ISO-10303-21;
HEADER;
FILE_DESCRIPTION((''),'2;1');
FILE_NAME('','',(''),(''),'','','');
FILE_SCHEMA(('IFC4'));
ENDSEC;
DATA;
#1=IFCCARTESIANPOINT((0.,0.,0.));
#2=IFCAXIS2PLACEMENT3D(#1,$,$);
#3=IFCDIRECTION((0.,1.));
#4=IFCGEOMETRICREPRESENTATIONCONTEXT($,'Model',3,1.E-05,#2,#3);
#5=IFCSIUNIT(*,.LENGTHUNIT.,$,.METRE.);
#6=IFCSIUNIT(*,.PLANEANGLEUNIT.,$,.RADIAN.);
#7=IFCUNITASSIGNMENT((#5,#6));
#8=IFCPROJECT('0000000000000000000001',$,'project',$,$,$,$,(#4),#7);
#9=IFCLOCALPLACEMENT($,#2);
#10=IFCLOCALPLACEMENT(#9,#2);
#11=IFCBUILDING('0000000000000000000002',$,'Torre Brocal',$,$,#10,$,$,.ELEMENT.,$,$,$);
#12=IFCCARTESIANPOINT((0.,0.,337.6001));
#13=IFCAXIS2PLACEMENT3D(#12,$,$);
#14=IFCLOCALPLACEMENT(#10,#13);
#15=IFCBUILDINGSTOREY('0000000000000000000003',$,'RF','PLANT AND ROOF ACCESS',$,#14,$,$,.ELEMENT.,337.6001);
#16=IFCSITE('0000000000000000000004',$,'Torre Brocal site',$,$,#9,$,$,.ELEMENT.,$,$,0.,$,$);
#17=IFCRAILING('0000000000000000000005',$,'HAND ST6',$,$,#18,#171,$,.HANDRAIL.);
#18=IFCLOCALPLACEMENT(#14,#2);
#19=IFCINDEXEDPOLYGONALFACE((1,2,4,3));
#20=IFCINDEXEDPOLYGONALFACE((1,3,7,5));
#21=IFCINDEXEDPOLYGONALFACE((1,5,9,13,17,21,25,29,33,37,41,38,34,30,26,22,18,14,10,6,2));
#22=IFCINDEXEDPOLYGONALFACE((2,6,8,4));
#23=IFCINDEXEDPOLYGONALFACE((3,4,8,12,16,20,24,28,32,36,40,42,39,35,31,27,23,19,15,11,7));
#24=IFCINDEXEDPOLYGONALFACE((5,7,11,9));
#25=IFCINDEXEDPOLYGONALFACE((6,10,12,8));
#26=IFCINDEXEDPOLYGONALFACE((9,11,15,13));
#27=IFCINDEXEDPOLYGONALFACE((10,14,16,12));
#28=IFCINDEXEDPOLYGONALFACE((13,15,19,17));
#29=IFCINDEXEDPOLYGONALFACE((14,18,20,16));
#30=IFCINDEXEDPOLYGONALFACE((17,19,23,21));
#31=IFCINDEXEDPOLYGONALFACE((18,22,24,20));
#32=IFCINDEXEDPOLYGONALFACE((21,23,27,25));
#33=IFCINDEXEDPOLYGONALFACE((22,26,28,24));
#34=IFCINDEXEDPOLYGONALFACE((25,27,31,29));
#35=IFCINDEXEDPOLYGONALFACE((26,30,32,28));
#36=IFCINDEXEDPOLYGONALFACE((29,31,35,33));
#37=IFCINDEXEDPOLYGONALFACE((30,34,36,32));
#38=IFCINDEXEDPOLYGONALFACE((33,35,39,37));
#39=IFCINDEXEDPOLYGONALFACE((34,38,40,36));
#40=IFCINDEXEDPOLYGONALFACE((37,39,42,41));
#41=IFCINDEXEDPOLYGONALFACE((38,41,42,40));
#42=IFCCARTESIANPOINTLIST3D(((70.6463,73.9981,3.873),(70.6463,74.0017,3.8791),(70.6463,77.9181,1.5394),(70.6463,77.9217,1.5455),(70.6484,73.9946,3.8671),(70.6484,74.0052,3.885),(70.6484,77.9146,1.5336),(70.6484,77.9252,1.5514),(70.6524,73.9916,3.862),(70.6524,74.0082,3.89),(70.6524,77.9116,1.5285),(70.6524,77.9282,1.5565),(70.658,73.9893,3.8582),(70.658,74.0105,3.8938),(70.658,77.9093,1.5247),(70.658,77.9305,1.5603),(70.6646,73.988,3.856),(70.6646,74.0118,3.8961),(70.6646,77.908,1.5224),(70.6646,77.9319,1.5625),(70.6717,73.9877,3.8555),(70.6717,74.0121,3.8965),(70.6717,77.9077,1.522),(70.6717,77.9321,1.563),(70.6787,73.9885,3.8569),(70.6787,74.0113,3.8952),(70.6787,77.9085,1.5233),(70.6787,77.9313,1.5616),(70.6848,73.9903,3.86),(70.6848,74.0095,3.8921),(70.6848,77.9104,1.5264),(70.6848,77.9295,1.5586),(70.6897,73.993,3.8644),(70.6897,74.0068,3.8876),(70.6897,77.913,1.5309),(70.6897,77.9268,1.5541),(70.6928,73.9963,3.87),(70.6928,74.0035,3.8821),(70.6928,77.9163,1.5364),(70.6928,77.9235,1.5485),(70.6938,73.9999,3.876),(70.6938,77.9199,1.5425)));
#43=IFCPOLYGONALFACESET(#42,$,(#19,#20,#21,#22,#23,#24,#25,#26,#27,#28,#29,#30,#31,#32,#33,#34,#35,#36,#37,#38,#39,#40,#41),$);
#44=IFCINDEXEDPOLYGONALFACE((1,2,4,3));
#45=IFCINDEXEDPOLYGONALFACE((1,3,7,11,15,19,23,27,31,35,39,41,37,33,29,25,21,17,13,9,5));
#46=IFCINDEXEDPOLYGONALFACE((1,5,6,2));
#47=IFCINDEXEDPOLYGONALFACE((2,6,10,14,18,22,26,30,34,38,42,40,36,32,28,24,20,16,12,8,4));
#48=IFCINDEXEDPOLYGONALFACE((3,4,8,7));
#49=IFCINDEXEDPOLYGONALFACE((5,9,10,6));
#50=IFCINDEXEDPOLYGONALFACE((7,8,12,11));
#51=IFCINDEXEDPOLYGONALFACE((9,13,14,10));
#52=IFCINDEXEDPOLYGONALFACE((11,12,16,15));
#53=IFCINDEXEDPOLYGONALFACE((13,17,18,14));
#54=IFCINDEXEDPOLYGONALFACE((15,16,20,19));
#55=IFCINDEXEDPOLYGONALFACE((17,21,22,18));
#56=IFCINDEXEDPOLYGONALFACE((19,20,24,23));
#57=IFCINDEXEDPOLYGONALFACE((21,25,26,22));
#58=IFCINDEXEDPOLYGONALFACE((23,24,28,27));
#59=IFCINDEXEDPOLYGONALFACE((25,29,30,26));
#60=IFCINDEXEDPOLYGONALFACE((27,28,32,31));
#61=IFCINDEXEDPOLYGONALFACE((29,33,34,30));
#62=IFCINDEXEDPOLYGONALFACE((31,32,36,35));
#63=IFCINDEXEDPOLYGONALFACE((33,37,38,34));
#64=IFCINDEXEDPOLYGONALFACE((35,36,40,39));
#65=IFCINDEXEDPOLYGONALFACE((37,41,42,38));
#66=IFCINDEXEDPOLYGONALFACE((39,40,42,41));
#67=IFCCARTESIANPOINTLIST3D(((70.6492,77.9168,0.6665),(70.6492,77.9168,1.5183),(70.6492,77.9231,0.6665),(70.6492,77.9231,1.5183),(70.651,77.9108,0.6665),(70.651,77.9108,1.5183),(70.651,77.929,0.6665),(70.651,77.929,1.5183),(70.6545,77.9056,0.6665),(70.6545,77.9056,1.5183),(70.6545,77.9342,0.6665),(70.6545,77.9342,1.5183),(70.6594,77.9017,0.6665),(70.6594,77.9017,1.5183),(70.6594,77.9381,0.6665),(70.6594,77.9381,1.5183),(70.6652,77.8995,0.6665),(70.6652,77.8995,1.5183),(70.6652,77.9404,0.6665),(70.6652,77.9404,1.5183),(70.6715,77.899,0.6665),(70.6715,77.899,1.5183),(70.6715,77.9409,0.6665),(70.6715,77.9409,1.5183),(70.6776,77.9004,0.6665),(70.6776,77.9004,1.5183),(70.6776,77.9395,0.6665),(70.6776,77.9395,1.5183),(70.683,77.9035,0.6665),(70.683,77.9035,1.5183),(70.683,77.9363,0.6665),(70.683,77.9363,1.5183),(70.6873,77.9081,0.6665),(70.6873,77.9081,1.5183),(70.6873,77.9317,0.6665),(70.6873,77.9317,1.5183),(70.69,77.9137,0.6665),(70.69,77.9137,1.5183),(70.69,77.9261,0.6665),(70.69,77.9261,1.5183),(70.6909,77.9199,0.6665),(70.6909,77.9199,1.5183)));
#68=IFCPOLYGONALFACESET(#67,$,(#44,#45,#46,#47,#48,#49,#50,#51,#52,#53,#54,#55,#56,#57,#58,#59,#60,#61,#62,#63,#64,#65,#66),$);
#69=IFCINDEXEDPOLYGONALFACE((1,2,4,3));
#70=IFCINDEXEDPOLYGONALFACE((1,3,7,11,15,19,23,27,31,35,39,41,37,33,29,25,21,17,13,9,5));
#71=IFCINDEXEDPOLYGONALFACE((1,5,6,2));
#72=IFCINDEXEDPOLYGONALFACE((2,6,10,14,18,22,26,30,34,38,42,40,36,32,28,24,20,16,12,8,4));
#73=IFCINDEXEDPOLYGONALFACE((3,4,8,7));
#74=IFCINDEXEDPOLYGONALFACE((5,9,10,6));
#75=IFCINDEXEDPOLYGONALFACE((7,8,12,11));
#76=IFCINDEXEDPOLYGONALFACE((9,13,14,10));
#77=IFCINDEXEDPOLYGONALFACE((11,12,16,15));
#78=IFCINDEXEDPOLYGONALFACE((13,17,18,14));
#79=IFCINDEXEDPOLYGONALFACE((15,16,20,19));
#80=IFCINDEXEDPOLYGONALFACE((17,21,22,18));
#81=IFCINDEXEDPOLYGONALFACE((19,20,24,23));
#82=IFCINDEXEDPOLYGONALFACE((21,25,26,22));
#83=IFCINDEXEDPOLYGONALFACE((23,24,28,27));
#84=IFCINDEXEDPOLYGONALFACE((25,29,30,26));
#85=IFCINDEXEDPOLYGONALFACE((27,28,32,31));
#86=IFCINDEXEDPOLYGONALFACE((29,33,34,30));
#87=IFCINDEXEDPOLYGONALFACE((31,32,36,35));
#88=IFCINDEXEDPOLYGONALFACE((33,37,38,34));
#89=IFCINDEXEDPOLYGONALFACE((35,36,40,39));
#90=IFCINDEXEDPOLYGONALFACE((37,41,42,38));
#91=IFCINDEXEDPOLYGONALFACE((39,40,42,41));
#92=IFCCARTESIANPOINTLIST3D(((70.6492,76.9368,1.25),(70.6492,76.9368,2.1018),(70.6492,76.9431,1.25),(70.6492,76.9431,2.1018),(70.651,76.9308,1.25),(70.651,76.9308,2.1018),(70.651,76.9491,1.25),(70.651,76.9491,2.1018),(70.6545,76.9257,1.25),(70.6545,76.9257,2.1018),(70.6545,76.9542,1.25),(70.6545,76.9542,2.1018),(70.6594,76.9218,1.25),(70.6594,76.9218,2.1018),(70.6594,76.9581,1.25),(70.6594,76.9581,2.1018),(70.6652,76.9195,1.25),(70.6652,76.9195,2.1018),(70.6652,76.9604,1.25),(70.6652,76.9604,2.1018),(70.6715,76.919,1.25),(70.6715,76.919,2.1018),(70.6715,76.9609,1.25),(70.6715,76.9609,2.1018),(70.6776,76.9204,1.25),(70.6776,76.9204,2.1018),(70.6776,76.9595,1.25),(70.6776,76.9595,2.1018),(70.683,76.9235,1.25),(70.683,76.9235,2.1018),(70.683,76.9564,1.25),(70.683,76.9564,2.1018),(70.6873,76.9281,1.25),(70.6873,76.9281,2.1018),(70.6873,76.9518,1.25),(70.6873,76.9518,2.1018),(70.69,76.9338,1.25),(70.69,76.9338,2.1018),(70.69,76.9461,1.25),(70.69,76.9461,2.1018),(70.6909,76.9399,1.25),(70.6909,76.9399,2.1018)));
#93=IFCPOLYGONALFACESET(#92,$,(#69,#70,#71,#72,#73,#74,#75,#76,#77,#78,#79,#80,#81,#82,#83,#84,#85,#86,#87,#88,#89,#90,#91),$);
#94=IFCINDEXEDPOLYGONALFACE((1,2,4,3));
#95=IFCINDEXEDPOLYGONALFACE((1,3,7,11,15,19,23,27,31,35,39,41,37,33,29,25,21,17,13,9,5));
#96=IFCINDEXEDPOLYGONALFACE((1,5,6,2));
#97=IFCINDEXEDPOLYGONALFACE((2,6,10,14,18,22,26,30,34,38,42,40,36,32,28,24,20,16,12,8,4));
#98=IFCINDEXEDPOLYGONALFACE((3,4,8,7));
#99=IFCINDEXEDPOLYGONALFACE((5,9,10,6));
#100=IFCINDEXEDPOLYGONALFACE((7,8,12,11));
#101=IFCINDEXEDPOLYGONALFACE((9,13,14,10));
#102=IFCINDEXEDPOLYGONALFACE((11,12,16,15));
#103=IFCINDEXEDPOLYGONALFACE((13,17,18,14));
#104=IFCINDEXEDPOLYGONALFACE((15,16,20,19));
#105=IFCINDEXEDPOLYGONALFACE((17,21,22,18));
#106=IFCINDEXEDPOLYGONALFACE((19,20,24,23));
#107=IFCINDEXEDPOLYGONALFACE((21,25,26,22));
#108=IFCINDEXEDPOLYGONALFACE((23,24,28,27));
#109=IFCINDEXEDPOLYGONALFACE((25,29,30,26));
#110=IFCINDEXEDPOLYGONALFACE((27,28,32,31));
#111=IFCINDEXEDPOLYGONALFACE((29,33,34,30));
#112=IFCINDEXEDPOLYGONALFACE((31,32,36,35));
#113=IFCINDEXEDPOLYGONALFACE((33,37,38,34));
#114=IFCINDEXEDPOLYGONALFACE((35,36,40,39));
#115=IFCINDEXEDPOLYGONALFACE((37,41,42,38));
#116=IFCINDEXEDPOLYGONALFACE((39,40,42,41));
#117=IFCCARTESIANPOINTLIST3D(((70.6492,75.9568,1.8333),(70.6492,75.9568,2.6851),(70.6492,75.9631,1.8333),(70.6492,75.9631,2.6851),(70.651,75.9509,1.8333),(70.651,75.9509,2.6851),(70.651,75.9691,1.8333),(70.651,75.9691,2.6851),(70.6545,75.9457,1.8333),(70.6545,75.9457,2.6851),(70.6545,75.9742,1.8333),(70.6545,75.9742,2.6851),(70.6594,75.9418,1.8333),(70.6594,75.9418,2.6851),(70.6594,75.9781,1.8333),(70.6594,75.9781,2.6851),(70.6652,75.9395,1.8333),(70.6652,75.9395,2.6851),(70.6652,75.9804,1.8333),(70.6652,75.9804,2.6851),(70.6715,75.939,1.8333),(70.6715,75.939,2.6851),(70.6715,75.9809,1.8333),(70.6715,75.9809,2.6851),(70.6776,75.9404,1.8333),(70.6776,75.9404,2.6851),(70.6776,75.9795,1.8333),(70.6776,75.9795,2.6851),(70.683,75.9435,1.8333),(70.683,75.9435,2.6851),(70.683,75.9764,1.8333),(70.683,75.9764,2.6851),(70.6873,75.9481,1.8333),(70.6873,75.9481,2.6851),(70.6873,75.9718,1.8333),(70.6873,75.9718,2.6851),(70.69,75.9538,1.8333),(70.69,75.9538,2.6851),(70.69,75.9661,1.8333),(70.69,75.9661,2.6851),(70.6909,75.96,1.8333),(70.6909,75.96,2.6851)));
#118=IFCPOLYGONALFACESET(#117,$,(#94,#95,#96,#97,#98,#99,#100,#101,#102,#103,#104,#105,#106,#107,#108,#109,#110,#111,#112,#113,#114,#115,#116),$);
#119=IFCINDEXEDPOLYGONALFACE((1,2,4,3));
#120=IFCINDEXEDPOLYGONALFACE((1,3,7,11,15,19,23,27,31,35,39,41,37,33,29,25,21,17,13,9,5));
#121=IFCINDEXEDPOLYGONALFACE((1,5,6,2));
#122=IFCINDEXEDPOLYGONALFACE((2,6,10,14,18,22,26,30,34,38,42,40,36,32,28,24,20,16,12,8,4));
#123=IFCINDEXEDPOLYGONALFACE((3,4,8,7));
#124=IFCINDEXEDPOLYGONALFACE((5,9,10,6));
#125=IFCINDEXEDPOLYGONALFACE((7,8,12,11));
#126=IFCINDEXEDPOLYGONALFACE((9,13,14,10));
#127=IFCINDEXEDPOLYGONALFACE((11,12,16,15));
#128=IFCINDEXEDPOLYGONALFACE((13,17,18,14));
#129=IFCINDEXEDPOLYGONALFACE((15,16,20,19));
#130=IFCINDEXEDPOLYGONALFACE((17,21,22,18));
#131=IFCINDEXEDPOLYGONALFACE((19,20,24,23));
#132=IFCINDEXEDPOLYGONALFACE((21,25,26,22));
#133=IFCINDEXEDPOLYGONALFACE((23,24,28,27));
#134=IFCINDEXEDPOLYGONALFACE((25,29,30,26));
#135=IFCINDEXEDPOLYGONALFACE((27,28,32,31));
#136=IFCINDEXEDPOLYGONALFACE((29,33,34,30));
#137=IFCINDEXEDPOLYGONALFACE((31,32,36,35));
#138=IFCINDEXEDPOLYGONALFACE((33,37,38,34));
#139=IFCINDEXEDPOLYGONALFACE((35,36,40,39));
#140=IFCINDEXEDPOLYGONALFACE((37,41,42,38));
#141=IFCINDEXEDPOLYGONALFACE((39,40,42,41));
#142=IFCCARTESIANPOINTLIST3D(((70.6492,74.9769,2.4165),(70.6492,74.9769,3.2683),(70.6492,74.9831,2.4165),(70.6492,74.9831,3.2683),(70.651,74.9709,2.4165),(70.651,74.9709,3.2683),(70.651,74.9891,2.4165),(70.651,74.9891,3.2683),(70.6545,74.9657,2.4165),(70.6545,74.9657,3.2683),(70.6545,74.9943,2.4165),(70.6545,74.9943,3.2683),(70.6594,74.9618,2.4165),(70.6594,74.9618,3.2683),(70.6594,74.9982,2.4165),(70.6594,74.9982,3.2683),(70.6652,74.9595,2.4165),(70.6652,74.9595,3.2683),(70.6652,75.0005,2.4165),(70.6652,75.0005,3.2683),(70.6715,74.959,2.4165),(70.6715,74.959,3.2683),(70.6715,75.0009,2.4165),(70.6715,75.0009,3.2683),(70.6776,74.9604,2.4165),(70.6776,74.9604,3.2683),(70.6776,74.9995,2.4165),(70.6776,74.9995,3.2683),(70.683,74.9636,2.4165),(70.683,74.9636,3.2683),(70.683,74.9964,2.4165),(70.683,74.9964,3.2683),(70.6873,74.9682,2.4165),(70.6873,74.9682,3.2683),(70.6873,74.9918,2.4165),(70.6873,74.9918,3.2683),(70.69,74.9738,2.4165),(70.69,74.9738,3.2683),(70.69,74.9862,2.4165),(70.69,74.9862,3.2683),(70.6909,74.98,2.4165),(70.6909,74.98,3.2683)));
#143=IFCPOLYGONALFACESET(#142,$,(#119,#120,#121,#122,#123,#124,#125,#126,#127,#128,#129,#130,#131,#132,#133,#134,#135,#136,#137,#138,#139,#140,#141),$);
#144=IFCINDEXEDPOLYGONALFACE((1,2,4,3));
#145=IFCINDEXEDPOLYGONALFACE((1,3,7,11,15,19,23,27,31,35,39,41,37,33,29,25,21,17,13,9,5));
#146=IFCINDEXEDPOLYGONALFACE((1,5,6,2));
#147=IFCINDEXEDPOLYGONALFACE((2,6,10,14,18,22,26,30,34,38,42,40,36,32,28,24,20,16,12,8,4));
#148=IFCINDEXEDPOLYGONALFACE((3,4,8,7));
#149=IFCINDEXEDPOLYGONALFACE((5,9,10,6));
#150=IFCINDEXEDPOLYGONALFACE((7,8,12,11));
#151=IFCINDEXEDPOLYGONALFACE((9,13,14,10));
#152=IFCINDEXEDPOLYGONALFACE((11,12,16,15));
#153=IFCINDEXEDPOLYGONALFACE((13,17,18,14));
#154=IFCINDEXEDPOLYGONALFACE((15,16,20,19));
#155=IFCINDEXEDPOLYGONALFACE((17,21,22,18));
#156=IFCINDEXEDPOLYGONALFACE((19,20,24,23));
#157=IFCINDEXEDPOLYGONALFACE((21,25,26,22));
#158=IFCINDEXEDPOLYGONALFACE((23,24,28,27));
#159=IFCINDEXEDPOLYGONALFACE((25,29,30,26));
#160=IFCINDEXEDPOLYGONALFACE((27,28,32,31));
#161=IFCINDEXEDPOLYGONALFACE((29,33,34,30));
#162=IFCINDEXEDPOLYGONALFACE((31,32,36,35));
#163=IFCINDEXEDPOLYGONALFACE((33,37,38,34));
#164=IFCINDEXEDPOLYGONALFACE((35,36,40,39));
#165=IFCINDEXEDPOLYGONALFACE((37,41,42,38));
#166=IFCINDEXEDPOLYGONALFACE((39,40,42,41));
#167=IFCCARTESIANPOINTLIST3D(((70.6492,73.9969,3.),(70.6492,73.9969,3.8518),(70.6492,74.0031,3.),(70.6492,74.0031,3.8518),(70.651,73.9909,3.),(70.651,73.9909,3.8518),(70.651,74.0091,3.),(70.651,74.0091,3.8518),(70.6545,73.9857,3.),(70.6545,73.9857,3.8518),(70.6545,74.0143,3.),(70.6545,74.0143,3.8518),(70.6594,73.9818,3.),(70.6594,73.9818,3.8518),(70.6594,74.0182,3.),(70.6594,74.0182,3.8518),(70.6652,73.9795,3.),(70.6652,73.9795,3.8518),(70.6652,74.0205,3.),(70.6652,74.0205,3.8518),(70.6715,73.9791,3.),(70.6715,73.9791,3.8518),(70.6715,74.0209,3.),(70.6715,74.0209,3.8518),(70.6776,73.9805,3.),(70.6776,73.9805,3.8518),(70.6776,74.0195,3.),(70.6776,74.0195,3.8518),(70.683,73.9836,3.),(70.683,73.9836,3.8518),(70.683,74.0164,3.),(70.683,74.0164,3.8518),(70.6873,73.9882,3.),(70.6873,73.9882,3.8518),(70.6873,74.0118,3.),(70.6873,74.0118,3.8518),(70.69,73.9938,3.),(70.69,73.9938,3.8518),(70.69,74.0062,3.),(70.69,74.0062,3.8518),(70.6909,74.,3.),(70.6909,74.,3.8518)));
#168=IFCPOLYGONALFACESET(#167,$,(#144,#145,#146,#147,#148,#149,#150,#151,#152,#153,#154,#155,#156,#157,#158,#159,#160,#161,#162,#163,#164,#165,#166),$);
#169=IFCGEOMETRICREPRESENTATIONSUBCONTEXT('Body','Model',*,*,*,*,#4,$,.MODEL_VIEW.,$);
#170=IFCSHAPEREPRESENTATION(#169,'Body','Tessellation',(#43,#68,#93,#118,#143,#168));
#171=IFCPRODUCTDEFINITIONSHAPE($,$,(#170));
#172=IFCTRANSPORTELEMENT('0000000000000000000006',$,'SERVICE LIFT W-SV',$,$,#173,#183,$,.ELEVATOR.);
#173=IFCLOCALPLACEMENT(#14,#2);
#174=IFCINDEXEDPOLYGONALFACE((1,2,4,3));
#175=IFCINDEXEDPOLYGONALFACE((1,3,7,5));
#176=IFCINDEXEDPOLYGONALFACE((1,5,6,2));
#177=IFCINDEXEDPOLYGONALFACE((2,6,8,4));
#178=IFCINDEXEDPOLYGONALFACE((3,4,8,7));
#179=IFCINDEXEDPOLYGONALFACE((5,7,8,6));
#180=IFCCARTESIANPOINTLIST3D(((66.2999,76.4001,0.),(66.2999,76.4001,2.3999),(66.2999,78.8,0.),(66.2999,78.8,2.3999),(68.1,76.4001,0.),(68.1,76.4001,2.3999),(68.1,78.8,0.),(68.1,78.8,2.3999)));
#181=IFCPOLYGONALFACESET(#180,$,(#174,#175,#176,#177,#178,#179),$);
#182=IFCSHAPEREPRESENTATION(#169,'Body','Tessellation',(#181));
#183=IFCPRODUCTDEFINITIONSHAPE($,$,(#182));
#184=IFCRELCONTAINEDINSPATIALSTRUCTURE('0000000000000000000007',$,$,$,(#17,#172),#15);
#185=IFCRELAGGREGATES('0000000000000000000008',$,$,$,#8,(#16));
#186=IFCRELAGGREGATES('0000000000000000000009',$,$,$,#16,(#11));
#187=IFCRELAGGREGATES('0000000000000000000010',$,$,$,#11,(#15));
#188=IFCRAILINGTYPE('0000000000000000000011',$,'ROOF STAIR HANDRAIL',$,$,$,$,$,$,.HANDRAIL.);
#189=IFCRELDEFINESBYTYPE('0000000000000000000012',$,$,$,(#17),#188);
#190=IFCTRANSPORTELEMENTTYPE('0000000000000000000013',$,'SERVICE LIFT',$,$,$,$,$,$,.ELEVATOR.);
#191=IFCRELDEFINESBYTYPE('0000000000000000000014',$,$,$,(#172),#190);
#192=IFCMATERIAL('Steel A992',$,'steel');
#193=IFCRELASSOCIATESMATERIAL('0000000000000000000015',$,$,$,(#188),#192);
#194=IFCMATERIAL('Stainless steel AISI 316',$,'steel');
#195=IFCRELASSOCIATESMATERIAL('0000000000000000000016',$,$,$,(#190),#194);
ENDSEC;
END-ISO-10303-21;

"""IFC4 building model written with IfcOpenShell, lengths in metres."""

from ifc_helpers import new_model, si_unit, direction, frame, origin, origin_2d, place, context, subcontext, project, spatial, rectangle, circle, extrude, material, type_object, element, save


model = new_model("IFC4")

# Units and contexts
model_context = context("Model", 3, precision=1e-05, world=origin(), true_north=direction((0.0, 1.0)))
body_context = subcontext(model_context, "Body", "Model", "MODEL_VIEW")
ifc_project = project(units=[si_unit("LENGTHUNIT", "METRE"), si_unit("PLANEANGLEUNIT", "RADIAN")], contexts=[model_context])

# Site, building, storey
site_placement = place(None, origin())
site = spatial("IfcSite", under=ifc_project, at=site_placement, Name="Torre Brocal site", CompositionType="ELEMENT", RefElevation=0.0)
building_placement = place(site_placement, origin())
building = spatial("IfcBuilding", under=site, at=building_placement, Name="Torre Brocal", CompositionType="ELEMENT")
storey_placement = place(building_placement, frame((0.0, 0.0, 337.6001)))
storey = spatial("IfcBuildingStorey", under=building, at=storey_placement, Name="RF", Description="PLANT AND ROOF ACCESS", CompositionType="ELEMENT", Elevation=337.6001)

# Railing
ifc_material_1 = material(Name="Steel A992", Category="steel")
railing_type_1 = type_object("IfcRailingType", Name="ROOF STAIR HANDRAIL", PredefinedType="HANDRAIL", material=ifc_material_1)
for number, where, name in (
    (1, (70.6699, 77.9199, 0.6665), "HAND ST6"),
):
    element("IfcRailing", number, at=place(storey_placement, frame(where)), inside=storey, type_object=railing_type_1, Name=name, PredefinedType="HANDRAIL", context=body_context, shape_type="SweptSolid", body=[
        extrude(circle(Radius=0.0239, at=origin_2d()), frame((0.0, 0.0, 0.876), z_axis=(0.0, -0.859273, 0.511518), x_axis=(1.0, 0.0, 0.0)), (0.0, 0.0, 1.0), 4.562),
        extrude(circle(Radius=0.021, at=origin_2d()), origin(), (0.0, 0.0, 1.0), 0.8518),
        extrude(circle(Radius=0.021, at=origin_2d()), frame((0.0, -0.98, 0.5835)), (0.0, 0.0, 1.0), 0.8518),
        extrude(circle(Radius=0.021, at=origin_2d()), frame((0.0, -1.96, 1.1667)), (0.0, 0.0, 1.0), 0.8518),
        extrude(circle(Radius=0.021, at=origin_2d()), frame((0.0, -2.9399, 1.75)), (0.0, 0.0, 1.0), 0.8518),
        extrude(circle(Radius=0.021, at=origin_2d()), frame((0.0, -3.9199, 2.3335)), (0.0, 0.0, 1.0), 0.8518),
    ])

# Transport element
ifc_material_2 = material(Name="Stainless steel AISI 316", Category="steel")
transport_element_type = type_object("IfcTransportElementType", Name="SERVICE LIFT", PredefinedType="ELEVATOR", material=ifc_material_2)
transport_element_placement = place(storey_placement, frame((67.2, 77.6001, 0.0), z_axis=(0.0, 0.0, 1.0), x_axis=(1.0, 0.0, 0.0)))
element("IfcTransportElement", 2, at=transport_element_placement, inside=storey, type_object=transport_element_type, Name="SERVICE LIFT W-SV", PredefinedType="ELEVATOR", context=body_context, shape_type="SweptSolid", body=[
    extrude(rectangle(XDim=1.8, YDim=2.3999, at=origin_2d()), origin(), (0.0, 0.0, 1.0), 2.3999),
])

save(model, "model.ifc")
